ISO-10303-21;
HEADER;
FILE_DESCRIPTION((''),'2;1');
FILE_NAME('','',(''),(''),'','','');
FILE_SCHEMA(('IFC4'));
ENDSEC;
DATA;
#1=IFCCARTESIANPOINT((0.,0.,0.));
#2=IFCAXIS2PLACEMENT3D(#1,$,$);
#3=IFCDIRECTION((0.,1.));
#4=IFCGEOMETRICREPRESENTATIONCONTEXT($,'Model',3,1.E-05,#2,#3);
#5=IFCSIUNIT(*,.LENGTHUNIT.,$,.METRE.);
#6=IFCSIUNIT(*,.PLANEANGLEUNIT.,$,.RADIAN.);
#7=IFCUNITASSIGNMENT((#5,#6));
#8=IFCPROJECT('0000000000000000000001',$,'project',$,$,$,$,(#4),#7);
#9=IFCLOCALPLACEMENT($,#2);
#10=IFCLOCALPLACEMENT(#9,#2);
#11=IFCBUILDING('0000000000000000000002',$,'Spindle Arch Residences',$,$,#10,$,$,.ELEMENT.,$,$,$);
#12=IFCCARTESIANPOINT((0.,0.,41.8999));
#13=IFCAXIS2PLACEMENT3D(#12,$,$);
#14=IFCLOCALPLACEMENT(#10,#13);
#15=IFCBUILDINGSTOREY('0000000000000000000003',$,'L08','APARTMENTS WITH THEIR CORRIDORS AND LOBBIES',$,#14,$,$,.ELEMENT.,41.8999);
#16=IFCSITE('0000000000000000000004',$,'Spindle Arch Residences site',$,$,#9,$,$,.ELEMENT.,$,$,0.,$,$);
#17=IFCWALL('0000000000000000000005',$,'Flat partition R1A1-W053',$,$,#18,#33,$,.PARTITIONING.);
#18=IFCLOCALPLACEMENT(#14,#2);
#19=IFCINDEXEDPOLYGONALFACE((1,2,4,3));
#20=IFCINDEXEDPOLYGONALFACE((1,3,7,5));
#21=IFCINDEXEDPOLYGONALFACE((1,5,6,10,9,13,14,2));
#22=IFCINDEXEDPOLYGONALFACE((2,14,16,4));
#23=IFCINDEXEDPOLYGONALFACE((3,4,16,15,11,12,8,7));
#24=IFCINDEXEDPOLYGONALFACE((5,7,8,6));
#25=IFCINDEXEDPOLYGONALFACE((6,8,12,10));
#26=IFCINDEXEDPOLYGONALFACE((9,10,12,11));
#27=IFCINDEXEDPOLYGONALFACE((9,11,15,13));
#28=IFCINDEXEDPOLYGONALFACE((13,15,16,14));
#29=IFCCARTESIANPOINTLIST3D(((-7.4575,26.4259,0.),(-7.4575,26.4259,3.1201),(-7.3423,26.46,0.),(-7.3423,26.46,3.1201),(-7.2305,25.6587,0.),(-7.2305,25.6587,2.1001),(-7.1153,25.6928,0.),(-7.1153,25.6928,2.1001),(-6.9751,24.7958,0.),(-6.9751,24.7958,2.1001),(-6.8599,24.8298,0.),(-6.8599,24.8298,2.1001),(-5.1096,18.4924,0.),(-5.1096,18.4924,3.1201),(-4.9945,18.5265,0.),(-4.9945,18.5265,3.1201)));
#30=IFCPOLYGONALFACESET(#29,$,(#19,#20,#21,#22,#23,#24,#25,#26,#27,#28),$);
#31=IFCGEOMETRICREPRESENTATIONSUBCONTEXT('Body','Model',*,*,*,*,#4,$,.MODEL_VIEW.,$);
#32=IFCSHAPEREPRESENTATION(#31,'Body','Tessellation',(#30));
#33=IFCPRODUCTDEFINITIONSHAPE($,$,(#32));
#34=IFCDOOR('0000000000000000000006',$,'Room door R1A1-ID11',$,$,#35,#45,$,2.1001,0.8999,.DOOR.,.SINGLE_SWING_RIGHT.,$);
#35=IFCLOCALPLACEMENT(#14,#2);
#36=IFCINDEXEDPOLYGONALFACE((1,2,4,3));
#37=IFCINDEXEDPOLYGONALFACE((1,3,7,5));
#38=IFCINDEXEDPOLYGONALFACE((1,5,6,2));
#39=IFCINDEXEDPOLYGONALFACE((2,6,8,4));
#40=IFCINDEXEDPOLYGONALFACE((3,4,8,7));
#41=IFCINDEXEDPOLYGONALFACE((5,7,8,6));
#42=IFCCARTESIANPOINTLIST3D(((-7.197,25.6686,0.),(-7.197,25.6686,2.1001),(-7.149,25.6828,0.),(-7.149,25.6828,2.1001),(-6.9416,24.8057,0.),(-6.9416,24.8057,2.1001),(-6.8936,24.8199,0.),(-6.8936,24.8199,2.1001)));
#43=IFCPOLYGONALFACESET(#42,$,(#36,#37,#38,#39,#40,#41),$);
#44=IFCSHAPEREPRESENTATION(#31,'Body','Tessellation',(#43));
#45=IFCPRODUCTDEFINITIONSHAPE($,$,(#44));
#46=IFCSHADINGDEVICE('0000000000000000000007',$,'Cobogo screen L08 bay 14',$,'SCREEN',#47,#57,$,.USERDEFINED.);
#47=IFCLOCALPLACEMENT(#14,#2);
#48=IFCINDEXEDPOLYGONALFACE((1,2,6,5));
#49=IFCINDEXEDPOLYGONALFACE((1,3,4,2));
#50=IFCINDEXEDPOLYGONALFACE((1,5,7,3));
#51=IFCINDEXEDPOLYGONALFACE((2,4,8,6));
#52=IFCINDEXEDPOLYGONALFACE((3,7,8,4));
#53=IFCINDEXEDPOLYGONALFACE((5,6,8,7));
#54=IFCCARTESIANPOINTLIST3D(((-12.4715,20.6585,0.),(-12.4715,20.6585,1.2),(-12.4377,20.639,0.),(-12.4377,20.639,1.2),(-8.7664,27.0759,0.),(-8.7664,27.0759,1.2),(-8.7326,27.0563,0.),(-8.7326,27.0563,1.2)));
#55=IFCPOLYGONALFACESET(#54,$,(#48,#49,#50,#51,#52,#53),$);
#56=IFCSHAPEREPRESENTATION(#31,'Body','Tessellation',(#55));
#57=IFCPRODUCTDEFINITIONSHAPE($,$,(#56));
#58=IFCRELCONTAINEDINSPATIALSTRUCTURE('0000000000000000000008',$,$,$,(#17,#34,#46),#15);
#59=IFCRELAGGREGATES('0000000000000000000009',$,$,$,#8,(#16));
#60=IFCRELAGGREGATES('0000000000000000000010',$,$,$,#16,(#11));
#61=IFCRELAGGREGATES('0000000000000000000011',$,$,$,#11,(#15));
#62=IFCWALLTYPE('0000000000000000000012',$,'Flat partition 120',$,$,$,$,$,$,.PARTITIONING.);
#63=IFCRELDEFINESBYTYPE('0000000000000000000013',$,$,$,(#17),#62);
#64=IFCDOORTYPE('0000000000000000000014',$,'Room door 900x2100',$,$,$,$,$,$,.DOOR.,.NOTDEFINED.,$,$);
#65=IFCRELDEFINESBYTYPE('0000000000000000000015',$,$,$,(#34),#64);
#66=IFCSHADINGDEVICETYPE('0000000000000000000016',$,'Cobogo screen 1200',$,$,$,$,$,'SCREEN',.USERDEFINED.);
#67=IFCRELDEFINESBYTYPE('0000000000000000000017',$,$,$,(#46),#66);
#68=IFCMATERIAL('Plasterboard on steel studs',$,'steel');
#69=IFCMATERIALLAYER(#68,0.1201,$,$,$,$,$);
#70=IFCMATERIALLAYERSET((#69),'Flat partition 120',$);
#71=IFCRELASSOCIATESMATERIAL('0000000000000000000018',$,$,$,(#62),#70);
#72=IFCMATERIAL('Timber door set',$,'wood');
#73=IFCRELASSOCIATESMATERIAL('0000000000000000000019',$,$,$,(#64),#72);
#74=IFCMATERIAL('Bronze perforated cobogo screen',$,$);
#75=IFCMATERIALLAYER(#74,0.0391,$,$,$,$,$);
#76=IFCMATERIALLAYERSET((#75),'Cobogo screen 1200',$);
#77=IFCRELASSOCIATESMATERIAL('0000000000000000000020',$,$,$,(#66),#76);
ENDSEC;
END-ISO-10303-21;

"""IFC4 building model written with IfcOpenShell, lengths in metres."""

from ifc_helpers import new_model, si_unit, direction, frame, frame_2d, origin, origin_2d, place, context, subcontext, project, spatial, rectangle, extrude, material, layer, layer_set, type_object, element, fill, save


model = new_model("IFC4")

# Units and contexts
model_context = context("Model", 3, precision=1e-05, world=origin(), true_north=direction((0.0, 1.0)))
body_context = subcontext(model_context, "Body", "Model", "MODEL_VIEW")
ifc_project = project(units=[si_unit("LENGTHUNIT", "METRE"), si_unit("PLANEANGLEUNIT", "RADIAN")], contexts=[model_context])

# Site, building, storey
site_placement = place(None, origin())
site = spatial("IfcSite", under=ifc_project, at=site_placement, Name="Spindle Arch Residences site", CompositionType="ELEMENT", RefElevation=0.0)
building_placement = place(site_placement, origin())
building = spatial("IfcBuilding", under=site, at=building_placement, Name="Spindle Arch Residences", CompositionType="ELEMENT")
storey_placement = place(building_placement, frame((0.0, 0.0, 41.8999)))
storey = spatial("IfcBuildingStorey", under=building, at=storey_placement, Name="L08", Description="APARTMENTS WITH THEIR CORRIDORS AND LOBBIES", CompositionType="ELEMENT", Elevation=41.8999)

# Shared definitions
ifc_material_1 = material(Name="Plasterboard on steel studs", Category="steel")
ifc_layer_1 = layer(ifc_material_1, 0.1201)
ifc_layer_set_1 = layer_set([ifc_layer_1], Name="Flat partition 120")
wall_type_1 = type_object("IfcWallType", Name="Flat partition 120", PredefinedType="PARTITIONING", material=ifc_layer_set_1)
ifc_material_2 = material(Name="Timber door set", Category="wood")
door_type_1 = type_object("IfcDoorType", Name="Room door 900x2100", OperationType="NOTDEFINED", PredefinedType="DOOR", material=ifc_material_2)

# Wall, opening, door
wall_1_placement = place(storey_placement, frame((-7.3999, 26.4429, 0.0), z_axis=(0.0, 0.0, 1.0), x_axis=(0.283778, -0.95889, 0.0)))
wall_1 = element("IfcWall", 1, at=wall_1_placement, inside=storey, type_object=wall_type_1, Name="Flat partition R1A1-W053", PredefinedType="PARTITIONING", context=body_context, shape_type="SweptSolid", body=[
    extrude(rectangle(XDim=8.2737, YDim=0.1201, at=frame_2d((4.1367, 0.0))), origin(), (0.0, 0.0, 1.0), 3.1201),
])
opening_1_placement = place(wall_1_placement, frame((0.8, 0.0, 0.0)))
opening_1 = element("IfcOpeningElement", 2, at=opening_1_placement, cuts=wall_1, PredefinedType="OPENING", context=body_context, shape_type="SweptSolid", body=[
    extrude(rectangle(XDim=0.8999, YDim=2.1001, at=frame_2d((0.45, 1.05))), frame((0.0, 0.0701, 0.0), z_axis=(0.0, -1.0, 0.0), x_axis=(1.0, 0.0, 0.0)), (0.0, 0.0, 1.0), 0.1401),
])
door_1_placement = place(opening_1_placement, origin())
door_1 = element("IfcDoor", 3, at=door_1_placement, inside=storey, type_object=door_type_1, Name="Room door R1A1-ID11", OperationType="SINGLE_SWING_RIGHT", OverallHeight=2.1001, OverallWidth=0.8999, PredefinedType="DOOR", context=body_context, shape_type="SweptSolid", body=[
    extrude(rectangle(XDim=0.8999, YDim=2.1001, at=frame_2d((0.45, 1.05))), frame((0.0, 0.0249, 0.0), z_axis=(0.0, -1.0, 0.0), x_axis=(1.0, 0.0, 0.0)), (0.0, 0.0, 1.0), 0.05),
])
fill(opening_1, door_1)

# Shading device
ifc_material_3 = material(Name="Bronze perforated cobogo screen")
ifc_layer_2 = layer(ifc_material_3, 0.0391)
ifc_layer_set_2 = layer_set([ifc_layer_2], Name="Cobogo screen 1200")
shading_device_type = type_object("IfcShadingDeviceType", Name="Cobogo screen 1200", ElementType="SCREEN", PredefinedType="USERDEFINED", material=ifc_layer_set_2)
shading_device_placement = place(storey_placement, frame((-10.6021, 23.8574, 0.0), z_axis=(0.0, 0.0, 1.0), x_axis=(-0.5, -0.866025, 0.0)))
element("IfcShadingDevice", 4, at=shading_device_placement, inside=storey, type_object=shading_device_type, Name="Cobogo screen L08 bay 14", ObjectType="SCREEN", PredefinedType="USERDEFINED", context=body_context, shape_type="SweptSolid", body=[
    extrude(rectangle(XDim=7.4102, YDim=0.0391, at=origin_2d()), origin(), (0.0, 0.0, 1.0), 1.2),
])

save(model, "model.ifc")
